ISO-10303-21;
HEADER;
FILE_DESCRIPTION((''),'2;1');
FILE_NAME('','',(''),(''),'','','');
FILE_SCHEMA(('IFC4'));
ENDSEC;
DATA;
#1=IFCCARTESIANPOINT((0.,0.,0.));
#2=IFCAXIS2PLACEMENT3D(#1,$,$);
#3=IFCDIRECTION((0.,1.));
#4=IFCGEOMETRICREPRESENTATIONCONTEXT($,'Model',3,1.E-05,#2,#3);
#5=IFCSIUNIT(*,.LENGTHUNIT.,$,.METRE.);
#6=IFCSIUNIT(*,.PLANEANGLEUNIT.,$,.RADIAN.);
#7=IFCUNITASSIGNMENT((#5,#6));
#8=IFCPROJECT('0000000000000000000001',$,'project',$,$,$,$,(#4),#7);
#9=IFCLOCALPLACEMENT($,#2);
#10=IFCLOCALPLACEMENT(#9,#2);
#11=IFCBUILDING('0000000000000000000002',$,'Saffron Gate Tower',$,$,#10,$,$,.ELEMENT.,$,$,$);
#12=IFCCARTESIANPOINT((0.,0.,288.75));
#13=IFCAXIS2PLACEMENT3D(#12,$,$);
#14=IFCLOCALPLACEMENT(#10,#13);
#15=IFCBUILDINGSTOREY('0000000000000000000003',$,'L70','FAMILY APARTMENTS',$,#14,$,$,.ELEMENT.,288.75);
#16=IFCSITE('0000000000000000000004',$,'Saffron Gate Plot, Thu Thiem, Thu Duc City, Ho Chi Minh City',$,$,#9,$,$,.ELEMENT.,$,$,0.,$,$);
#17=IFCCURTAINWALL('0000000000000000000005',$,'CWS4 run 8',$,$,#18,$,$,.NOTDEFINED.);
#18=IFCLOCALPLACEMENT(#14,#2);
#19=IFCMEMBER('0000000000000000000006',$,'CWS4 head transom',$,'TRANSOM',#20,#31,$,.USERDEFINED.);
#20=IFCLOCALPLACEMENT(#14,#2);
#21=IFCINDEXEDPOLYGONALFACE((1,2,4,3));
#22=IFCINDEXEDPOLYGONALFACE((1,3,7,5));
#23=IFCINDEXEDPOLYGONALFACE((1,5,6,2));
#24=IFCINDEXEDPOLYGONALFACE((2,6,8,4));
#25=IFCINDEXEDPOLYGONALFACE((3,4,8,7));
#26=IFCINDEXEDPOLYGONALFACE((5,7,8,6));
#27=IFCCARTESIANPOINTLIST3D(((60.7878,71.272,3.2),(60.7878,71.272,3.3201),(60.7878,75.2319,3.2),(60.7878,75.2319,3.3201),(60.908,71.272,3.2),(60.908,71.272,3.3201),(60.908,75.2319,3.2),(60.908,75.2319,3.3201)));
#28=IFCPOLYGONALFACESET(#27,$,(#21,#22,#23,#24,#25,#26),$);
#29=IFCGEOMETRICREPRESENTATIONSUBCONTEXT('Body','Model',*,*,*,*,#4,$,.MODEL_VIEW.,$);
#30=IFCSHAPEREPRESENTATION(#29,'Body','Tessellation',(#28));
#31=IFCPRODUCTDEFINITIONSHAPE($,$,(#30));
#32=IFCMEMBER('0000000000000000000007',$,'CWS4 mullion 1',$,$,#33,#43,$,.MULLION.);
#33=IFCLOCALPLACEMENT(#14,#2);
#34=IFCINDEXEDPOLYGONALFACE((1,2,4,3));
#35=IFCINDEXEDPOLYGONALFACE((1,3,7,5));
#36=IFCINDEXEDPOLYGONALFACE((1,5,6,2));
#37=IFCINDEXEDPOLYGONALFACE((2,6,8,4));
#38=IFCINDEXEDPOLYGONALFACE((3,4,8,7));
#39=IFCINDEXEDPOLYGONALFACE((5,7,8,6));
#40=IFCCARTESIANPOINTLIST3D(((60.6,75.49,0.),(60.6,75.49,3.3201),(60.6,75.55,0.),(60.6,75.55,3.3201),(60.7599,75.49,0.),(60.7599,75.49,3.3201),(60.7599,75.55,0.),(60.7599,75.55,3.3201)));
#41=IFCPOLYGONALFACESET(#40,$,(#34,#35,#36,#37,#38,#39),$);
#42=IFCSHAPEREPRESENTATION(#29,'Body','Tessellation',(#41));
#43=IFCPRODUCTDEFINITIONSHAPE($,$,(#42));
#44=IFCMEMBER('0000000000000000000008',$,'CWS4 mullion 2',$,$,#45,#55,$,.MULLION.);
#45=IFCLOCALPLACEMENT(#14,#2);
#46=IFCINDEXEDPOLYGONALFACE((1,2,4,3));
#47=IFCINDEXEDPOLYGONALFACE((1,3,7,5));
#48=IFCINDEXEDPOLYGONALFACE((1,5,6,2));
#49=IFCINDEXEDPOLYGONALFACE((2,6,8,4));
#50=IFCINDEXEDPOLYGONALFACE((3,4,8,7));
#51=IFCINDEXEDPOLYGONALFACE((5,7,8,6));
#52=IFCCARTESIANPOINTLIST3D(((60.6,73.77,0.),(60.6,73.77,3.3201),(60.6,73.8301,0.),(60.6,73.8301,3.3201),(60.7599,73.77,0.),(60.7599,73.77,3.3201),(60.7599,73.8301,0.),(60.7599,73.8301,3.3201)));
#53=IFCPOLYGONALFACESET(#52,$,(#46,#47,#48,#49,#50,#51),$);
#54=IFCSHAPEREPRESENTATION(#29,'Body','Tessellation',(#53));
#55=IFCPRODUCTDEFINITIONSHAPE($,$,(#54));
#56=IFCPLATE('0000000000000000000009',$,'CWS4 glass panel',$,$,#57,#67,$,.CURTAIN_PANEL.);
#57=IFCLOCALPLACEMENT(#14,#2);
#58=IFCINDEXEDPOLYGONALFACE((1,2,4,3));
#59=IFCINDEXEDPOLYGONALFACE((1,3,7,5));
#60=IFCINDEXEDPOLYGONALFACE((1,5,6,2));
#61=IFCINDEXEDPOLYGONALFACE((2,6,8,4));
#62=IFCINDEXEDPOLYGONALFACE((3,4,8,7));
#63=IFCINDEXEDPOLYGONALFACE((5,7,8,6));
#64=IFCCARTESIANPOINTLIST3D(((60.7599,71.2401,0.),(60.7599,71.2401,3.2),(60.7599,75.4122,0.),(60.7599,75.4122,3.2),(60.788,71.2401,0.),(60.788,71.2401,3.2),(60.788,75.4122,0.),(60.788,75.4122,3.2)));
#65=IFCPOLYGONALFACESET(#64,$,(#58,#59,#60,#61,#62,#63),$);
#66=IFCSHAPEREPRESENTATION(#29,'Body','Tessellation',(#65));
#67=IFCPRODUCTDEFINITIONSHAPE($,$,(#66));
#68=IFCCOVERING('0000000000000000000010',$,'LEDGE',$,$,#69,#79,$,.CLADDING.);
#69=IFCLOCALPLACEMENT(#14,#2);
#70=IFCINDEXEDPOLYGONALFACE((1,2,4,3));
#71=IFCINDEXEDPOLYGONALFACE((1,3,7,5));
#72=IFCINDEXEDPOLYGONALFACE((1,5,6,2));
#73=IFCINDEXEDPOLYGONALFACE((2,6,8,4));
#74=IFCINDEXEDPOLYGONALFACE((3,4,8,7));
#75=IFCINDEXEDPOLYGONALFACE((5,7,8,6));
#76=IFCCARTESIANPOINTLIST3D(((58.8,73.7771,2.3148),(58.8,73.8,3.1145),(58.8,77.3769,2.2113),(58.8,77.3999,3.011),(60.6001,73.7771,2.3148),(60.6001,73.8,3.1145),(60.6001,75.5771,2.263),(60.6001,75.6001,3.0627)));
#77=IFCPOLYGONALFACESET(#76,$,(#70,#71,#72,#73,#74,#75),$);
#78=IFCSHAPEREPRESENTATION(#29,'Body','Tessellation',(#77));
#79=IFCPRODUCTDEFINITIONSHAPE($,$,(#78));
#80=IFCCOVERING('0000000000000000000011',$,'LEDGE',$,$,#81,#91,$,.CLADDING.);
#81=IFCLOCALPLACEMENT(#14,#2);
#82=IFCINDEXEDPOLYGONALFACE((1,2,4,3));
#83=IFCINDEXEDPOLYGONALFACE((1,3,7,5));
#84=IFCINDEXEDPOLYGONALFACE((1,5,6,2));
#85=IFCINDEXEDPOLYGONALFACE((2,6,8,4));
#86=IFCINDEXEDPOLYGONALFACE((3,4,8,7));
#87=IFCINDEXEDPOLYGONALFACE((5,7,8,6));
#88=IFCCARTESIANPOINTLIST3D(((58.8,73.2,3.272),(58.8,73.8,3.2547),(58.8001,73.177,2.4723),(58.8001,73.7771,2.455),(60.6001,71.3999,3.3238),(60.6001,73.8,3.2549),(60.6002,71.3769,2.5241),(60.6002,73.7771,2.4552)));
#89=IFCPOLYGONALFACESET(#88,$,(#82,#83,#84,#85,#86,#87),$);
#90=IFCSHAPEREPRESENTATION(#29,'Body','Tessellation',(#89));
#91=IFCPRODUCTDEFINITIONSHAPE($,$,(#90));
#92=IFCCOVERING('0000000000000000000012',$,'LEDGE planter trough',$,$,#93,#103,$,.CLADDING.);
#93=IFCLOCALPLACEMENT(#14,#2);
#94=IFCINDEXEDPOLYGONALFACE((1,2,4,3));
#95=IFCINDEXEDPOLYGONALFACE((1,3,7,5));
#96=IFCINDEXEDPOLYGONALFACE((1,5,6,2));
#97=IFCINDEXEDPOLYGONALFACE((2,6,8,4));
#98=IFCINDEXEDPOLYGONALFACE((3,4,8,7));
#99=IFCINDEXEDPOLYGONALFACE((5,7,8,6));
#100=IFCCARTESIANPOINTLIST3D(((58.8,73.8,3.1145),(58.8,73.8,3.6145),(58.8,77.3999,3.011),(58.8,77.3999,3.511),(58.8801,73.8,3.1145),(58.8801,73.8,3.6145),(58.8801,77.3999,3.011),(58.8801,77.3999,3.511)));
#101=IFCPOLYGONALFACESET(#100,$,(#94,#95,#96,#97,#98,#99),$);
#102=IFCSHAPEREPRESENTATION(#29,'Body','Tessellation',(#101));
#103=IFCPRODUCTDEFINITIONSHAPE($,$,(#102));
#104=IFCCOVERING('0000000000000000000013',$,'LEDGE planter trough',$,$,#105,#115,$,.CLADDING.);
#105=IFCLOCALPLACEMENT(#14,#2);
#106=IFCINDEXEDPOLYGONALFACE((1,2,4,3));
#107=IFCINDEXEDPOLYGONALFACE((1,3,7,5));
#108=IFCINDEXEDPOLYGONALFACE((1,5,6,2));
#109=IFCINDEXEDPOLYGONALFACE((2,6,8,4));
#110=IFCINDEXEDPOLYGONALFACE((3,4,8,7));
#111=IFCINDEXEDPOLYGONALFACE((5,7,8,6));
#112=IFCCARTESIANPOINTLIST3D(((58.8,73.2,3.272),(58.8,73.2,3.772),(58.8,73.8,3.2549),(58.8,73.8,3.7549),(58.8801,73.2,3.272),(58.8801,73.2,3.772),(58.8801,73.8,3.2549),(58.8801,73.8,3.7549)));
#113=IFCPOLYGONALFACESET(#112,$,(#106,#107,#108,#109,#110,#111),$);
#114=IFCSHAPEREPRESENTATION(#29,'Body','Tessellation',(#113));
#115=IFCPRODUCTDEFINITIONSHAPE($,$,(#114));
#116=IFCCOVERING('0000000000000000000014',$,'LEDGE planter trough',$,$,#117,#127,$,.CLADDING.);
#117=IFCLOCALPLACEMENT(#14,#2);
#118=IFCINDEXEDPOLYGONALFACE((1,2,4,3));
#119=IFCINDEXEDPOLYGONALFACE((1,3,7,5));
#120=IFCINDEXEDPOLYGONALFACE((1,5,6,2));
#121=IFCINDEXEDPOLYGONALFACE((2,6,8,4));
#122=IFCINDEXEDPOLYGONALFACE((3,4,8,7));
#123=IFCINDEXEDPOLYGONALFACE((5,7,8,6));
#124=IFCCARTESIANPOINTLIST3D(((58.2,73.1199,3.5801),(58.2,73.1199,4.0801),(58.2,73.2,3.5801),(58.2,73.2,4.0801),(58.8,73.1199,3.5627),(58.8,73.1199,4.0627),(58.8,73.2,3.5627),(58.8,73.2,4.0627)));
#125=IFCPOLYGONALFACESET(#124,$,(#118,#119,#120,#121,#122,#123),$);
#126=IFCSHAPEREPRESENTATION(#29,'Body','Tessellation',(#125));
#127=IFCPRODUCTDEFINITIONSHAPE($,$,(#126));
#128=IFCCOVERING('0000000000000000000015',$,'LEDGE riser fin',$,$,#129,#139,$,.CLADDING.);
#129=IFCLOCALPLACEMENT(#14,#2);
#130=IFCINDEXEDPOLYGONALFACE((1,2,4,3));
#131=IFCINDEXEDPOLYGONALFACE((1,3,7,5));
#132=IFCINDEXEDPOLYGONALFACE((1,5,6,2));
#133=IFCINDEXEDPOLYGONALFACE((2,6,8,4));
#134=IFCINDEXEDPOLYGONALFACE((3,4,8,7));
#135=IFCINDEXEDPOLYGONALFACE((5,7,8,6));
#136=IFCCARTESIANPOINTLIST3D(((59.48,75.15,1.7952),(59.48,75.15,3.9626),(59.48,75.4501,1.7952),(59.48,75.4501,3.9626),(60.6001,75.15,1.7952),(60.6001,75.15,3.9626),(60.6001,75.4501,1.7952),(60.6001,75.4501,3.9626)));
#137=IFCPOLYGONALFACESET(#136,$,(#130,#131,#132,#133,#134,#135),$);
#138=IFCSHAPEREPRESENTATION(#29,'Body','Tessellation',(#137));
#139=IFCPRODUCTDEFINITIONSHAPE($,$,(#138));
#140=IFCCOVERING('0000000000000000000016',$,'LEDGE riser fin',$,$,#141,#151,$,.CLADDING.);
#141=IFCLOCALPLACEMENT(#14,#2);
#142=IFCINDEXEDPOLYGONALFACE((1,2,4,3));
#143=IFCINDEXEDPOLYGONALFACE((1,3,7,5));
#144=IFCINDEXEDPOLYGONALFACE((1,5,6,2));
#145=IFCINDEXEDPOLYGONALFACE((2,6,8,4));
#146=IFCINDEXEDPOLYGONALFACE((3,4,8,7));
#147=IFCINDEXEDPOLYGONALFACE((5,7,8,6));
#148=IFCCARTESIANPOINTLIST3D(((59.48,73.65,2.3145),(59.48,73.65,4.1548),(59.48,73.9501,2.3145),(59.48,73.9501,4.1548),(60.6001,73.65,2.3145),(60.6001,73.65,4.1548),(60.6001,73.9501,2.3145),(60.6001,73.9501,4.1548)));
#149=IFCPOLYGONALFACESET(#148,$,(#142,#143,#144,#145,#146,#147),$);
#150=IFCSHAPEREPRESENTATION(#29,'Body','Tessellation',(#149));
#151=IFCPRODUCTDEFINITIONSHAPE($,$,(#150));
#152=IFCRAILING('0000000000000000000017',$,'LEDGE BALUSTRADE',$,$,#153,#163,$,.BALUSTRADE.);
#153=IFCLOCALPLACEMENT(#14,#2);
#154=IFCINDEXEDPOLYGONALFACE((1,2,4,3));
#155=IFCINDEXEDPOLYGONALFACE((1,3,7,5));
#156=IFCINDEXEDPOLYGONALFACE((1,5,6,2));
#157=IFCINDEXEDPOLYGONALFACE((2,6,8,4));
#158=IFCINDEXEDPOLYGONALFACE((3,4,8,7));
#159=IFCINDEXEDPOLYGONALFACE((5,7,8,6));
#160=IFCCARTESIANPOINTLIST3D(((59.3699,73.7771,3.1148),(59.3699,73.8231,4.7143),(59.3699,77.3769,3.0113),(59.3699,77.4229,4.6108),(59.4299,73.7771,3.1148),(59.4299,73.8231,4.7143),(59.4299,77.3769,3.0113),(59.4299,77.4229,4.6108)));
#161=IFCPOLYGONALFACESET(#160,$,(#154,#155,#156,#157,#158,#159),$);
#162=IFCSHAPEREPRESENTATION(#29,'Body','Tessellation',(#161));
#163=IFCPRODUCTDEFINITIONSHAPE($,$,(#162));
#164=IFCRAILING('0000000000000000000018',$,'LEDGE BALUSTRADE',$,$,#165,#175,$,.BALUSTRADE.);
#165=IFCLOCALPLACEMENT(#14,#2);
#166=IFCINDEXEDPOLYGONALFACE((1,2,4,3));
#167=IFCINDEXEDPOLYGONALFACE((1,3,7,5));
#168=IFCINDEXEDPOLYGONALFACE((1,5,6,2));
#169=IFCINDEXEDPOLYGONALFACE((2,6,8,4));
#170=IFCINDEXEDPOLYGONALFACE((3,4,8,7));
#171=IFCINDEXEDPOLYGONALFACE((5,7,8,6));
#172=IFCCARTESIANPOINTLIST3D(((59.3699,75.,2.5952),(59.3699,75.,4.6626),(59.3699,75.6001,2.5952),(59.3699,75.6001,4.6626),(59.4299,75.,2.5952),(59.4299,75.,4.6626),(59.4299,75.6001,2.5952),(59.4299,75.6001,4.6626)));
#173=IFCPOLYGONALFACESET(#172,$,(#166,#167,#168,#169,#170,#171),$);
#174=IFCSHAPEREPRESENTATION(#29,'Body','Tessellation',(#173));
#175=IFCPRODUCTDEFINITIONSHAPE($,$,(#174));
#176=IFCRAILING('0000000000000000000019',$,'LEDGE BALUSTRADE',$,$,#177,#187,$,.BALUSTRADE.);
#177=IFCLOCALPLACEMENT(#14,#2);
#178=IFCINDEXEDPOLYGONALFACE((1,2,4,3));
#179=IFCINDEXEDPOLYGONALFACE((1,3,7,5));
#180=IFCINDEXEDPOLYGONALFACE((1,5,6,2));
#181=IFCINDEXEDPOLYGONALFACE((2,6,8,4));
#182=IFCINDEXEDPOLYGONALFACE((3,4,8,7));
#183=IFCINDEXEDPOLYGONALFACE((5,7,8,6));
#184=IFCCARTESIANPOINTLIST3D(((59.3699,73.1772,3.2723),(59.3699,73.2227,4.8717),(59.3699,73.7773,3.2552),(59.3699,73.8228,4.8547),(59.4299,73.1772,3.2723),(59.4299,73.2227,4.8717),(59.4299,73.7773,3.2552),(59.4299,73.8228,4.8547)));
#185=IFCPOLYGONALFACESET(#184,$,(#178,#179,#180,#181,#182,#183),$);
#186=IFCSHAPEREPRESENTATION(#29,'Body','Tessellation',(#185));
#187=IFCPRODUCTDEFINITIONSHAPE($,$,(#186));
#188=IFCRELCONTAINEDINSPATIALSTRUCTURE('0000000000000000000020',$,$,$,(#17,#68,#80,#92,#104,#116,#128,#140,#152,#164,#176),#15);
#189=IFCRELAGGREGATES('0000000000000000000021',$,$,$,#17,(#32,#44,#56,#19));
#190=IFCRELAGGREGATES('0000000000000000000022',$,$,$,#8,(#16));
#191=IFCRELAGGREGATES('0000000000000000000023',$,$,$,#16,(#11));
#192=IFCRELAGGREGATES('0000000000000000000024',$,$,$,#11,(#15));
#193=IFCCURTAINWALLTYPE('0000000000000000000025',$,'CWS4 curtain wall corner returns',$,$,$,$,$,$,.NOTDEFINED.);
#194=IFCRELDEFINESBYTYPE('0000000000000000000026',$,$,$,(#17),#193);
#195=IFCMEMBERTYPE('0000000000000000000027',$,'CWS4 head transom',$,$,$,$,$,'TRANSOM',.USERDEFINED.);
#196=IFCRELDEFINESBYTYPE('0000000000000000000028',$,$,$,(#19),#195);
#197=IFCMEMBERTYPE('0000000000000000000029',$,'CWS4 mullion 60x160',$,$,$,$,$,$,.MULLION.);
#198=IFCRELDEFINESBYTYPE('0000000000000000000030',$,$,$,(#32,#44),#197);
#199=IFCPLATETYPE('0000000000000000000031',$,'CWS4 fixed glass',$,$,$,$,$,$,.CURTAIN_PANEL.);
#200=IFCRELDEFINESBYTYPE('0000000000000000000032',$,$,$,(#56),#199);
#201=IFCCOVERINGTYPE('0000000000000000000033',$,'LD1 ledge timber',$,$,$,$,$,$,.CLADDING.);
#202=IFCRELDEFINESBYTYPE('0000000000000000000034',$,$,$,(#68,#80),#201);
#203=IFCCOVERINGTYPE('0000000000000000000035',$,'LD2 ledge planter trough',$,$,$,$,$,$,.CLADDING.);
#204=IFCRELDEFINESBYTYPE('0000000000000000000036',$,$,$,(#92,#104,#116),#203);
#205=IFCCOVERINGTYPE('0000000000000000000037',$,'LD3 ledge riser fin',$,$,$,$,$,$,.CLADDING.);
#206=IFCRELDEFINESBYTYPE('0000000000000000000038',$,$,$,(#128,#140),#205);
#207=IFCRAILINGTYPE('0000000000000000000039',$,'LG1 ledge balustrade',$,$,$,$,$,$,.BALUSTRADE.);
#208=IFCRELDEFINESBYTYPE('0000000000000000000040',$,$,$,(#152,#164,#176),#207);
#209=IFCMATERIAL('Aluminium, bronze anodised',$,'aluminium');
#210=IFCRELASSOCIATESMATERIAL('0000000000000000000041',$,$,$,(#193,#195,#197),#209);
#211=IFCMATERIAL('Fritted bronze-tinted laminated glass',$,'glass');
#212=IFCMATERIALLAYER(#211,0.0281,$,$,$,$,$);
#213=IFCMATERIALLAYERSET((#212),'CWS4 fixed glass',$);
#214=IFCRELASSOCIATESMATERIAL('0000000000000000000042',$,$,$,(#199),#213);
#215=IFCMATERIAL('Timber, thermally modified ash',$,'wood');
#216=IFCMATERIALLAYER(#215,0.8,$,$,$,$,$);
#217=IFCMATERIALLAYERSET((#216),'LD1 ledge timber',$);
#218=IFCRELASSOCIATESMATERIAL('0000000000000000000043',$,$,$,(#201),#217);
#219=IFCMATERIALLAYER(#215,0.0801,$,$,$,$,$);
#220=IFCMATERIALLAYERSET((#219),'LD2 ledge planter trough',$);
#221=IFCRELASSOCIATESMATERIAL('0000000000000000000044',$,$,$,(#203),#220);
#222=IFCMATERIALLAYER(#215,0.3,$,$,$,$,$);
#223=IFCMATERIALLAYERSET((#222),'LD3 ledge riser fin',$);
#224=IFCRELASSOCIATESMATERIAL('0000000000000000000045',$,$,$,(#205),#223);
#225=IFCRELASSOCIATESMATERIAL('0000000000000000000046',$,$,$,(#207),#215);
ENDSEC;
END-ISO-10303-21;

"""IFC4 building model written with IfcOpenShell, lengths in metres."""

from ifc_helpers import new_model, si_unit, direction, frame, frame_2d, origin, origin_2d, place, context, subcontext, project, spatial, polyline, rectangle, outline, extrude, material, layer, layer_set, material_profile, profile_set, type_object, element, aggregate, save


model = new_model("IFC4")

# Units and contexts
model_context = context("Model", 3, precision=1e-05, world=origin(), true_north=direction((0.0, 1.0)))
body_context = subcontext(model_context, "Body", "Model", "MODEL_VIEW")
ifc_project = project(units=[si_unit("LENGTHUNIT", "METRE"), si_unit("PLANEANGLEUNIT", "RADIAN")], contexts=[model_context])

# Site, building, storey
site_placement = place(None, origin())
site = spatial("IfcSite", under=ifc_project, at=site_placement, Name="Saffron Gate Plot, Thu Thiem, Thu Duc City, Ho Chi Minh City", CompositionType="ELEMENT", RefElevation=0.0)
building_placement = place(site_placement, origin())
building = spatial("IfcBuilding", under=site, at=building_placement, Name="Saffron Gate Tower", CompositionType="ELEMENT")
storey_placement = place(building_placement, frame((0.0, 0.0, 288.75)))
storey = spatial("IfcBuildingStorey", under=building, at=storey_placement, Name="L70", Description="FAMILY APARTMENTS", CompositionType="ELEMENT", Elevation=288.75)

# Curtain wall, members, plate
ifc_material_1 = material(Name="Aluminium, bronze anodised", Category="aluminium")
curtain_wall_type = type_object("IfcCurtainWallType", Name="CWS4 curtain wall corner returns", PredefinedType="NOTDEFINED", material=ifc_material_1)
curtain_wall_placement = place(storey_placement, origin())
curtain_wall = element("IfcCurtainWall", 1, at=curtain_wall_placement, inside=storey, type_object=curtain_wall_type, Name="CWS4 run 8", PredefinedType="NOTDEFINED")
ifc_material_profile_1 = material_profile(ifc_material_1, rectangle(XDim=0.1201, YDim=0.1201, at=origin_2d()))
ifc_profile_set_1 = profile_set([ifc_material_profile_1], Name="Aluminium, bronze anodised")
member_type_1 = type_object("IfcMemberType", Name="CWS4 head transom", ElementType="TRANSOM", PredefinedType="USERDEFINED", material=ifc_profile_set_1)
member_1_placement = place(storey_placement, frame((60.8479, 75.2319, 3.26), z_axis=(0.0, -1.0, 0.0), x_axis=(1.0, 0.0, 0.0)))
member_1 = element("IfcMember", 2, at=member_1_placement, type_object=member_type_1, Name="CWS4 head transom", ObjectType="TRANSOM", PredefinedType="USERDEFINED", context=body_context, shape_type="SweptSolid", body=[
    extrude(rectangle(XDim=0.1201, YDim=0.1201, at=origin_2d()), origin(), (0.0, 0.0, 1.0), 3.96),
])
ifc_material_profile_2 = material_profile(ifc_material_1, rectangle(XDim=0.1599, YDim=0.0601, at=origin_2d()))
ifc_profile_set_2 = profile_set([ifc_material_profile_2], Name="Aluminium, bronze anodised")
member_type_2 = type_object("IfcMemberType", Name="CWS4 mullion 60x160", PredefinedType="MULLION", material=ifc_profile_set_2)
member_2_placement = place(storey_placement, frame((60.6799, 75.52, 0.0), z_axis=(0.0, 0.0, 1.0), x_axis=(1.0, 0.0, 0.0)))
member_2 = element("IfcMember", 3, at=member_2_placement, type_object=member_type_2, Name="CWS4 mullion 1", PredefinedType="MULLION", context=body_context, shape_type="SweptSolid", body=[
    extrude(rectangle(XDim=0.1599, YDim=0.0601, at=origin_2d()), origin(), (0.0, 0.0, 1.0), 3.3201),
])
member_3_placement = place(storey_placement, frame((60.6799, 73.8, 0.0), z_axis=(0.0, 0.0, 1.0), x_axis=(1.0, 0.0, 0.0)))
member_3 = element("IfcMember", 4, at=member_3_placement, type_object=member_type_2, Name="CWS4 mullion 2", PredefinedType="MULLION", context=body_context, shape_type="SweptSolid", body=[
    extrude(rectangle(XDim=0.1599, YDim=0.0601, at=origin_2d()), origin(), (0.0, 0.0, 1.0), 3.3201),
])
ifc_material_2 = material(Name="Fritted bronze-tinted laminated glass", Category="glass")
ifc_layer_1 = layer(ifc_material_2, 0.0281)
ifc_layer_set_1 = layer_set([ifc_layer_1], Name="CWS4 fixed glass")
plate_type = type_object("IfcPlateType", Name="CWS4 fixed glass", PredefinedType="CURTAIN_PANEL", material=ifc_layer_set_1)
plate_placement = place(storey_placement, frame((60.7739, 75.4121, 0.0), z_axis=(0.0, 0.0, 1.0), x_axis=(0.0, -1.0, 0.0)))
plate = element("IfcPlate", 5, at=plate_placement, type_object=plate_type, Name="CWS4 glass panel", PredefinedType="CURTAIN_PANEL", context=body_context, shape_type="SweptSolid", body=[
    extrude(rectangle(XDim=4.1721, YDim=0.0281, at=frame_2d((2.0859, 0.0))), origin(), (0.0, 0.0, 1.0), 3.2),
])
aggregate(curtain_wall, [member_2, member_3, plate, member_1])

# Coverings
ifc_material_3 = material(Name="Timber, thermally modified ash", Category="wood")
ifc_layer_2 = layer(ifc_material_3, 0.8)
ifc_layer_set_2 = layer_set([ifc_layer_2], Name="LD1 ledge timber")
covering_type_1 = type_object("IfcCoveringType", Name="LD1 ledge timber", PredefinedType="CLADDING", material=ifc_layer_set_2)
covering_1_placement = place(storey_placement, frame((60.6001, 75.6001, 3.0627), z_axis=(-0.000001, 0.028743, 0.999587), x_axis=(0.0, -0.999587, 0.028743)))
element("IfcCovering", 6, at=covering_1_placement, inside=storey, type_object=covering_type_1, Name="LEDGE", PredefinedType="CLADDING", context=body_context, shape_type="SweptSolid", body=[
    extrude(outline(polyline([(0.0, 0.0), (1.8008, 0.0), (1.8008, -1.8), (-1.8005, -1.8), (0.0, 0.0)])), origin(), (0.0, 0.0, -1.0), 0.8),
])
covering_2_placement = place(storey_placement, frame((60.6001, 73.8, 3.2549), z_axis=(-0.000082, 0.028713, 0.999588), x_axis=(0.0, -0.999588, 0.028713)))
element("IfcCovering", 7, at=covering_2_placement, inside=storey, type_object=covering_type_1, Name="LEDGE", PredefinedType="CLADDING", context=body_context, shape_type="SweptSolid", body=[
    extrude(outline(polyline([(0.0, 0.0), (2.4011, 0.0), (0.6003, -1.8), (0.0, -1.8), (0.0, 0.0)])), origin(), (0.0, 0.0, -1.0), 0.8),
])
ifc_layer_3 = layer(ifc_material_3, 0.0801)
ifc_layer_set_3 = layer_set([ifc_layer_3], Name="LD2 ledge planter trough")
covering_type_2 = type_object("IfcCoveringType", Name="LD2 ledge planter trough", PredefinedType="CLADDING", material=ifc_layer_set_3)
covering_3_placement = place(storey_placement, frame((58.8, 77.3999, 3.011), z_axis=(-1.0, 0.0, 0.0), x_axis=(0.0, -0.999587, 0.028744)))
element("IfcCovering", 8, at=covering_3_placement, inside=storey, type_object=covering_type_2, Name="LEDGE planter trough", PredefinedType="CLADDING", context=body_context, shape_type="SweptSolid", body=[
    extrude(outline(polyline([(0.0, 0.0), (3.6013, 0.0), (3.6157, 0.4998), (0.0144, 0.4998), (0.0, 0.0)])), origin(), (0.0, 0.0, -1.0), 0.0801),
])
covering_4_placement = place(storey_placement, frame((58.8, 73.8, 3.2549), z_axis=(-1.0, 0.0, 0.0), x_axis=(0.0, -0.999595, 0.028467)))
element("IfcCovering", 9, at=covering_4_placement, inside=storey, type_object=covering_type_2, Name="LEDGE planter trough", PredefinedType="CLADDING", context=body_context, shape_type="SweptSolid", body=[
    extrude(outline(polyline([(0.0, 0.0), (0.6003, 0.0), (0.6146, 0.4998), (0.0142, 0.4998), (0.0, 0.0)])), origin(), (0.0, 0.0, -1.0), 0.0801),
])
covering_5_placement = place(storey_placement, frame((58.8, 73.2, 3.5627), z_axis=(0.0, 1.0, 0.0), x_axis=(-0.999583, 0.0, 0.028873)))
element("IfcCovering", 10, at=covering_5_placement, inside=storey, type_object=covering_type_2, Name="LEDGE planter trough", PredefinedType="CLADDING", context=body_context, shape_type="SweptSolid", body=[
    extrude(outline(polyline([(0.0, 0.0), (0.6003, 0.0), (0.6148, 0.4998), (0.0144, 0.4998), (0.0, 0.0)])), origin(), (0.0, 0.0, -1.0), 0.0801),
])
ifc_layer_4 = layer(ifc_material_3, 0.3)
ifc_layer_set_4 = layer_set([ifc_layer_4], Name="LD3 ledge riser fin")
covering_type_3 = type_object("IfcCoveringType", Name="LD3 ledge riser fin", PredefinedType="CLADDING", material=ifc_layer_set_4)
covering_6_placement = place(storey_placement, frame((60.04, 75.3, 1.7952), z_axis=(0.0, 0.0, 1.0), x_axis=(0.0, -1.0, 0.0)))
element("IfcCovering", 11, at=covering_6_placement, inside=storey, type_object=covering_type_3, Name="LEDGE riser fin", PredefinedType="CLADDING", context=body_context, shape_type="SweptSolid", body=[
    extrude(rectangle(XDim=0.3, YDim=1.1201, at=origin_2d()), origin(), (0.0, 0.0, 1.0), 2.1675),
])
covering_7_placement = place(storey_placement, frame((60.04, 73.8, 2.3145), z_axis=(0.0, 0.0, 1.0), x_axis=(0.0, -1.0, 0.0)))
element("IfcCovering", 12, at=covering_7_placement, inside=storey, type_object=covering_type_3, Name="LEDGE riser fin", PredefinedType="CLADDING", context=body_context, shape_type="SweptSolid", body=[
    extrude(rectangle(XDim=0.3, YDim=1.1201, at=origin_2d()), origin(), (0.0, 0.0, 1.0), 1.8403),
])

# Railings
railing_type = type_object("IfcRailingType", Name="LG1 ledge balustrade", PredefinedType="BALUSTRADE", material=ifc_material_3)
railing_1_placement = place(storey_placement, frame((59.3999, 77.3999, 3.011)))
element("IfcRailing", 13, at=railing_1_placement, inside=storey, type_object=railing_type, Name="LEDGE BALUSTRADE", PredefinedType="BALUSTRADE", context=body_context, shape_type="SweptSolid", body=[
    extrude(rectangle(XDim=0.0601, YDim=1.6001, at=origin_2d()), frame((0.0, 0.0, 0.8), z_axis=(0.0, -0.999587, 0.028744), x_axis=(1.0, 0.0, 0.0)), (0.0, 0.0, 1.0), 3.6013),
])
railing_2_placement = place(storey_placement, frame((59.3999, 75.6001, 2.5952)))
element("IfcRailing", 14, at=railing_2_placement, inside=storey, type_object=railing_type, Name="LEDGE BALUSTRADE", PredefinedType="BALUSTRADE", context=body_context, shape_type="SweptSolid", body=[
    extrude(rectangle(XDim=0.0601, YDim=2.0674, at=origin_2d()), frame((0.0, 0.0, 1.0337), z_axis=(0.0, -1.0, 0.0), x_axis=(1.0, 0.0, 0.0)), (0.0, 0.0, 1.0), 0.6001),
])
railing_3_placement = place(storey_placement, frame((59.3999, 73.8, 3.2549)))
element("IfcRailing", 15, at=railing_3_placement, inside=storey, type_object=railing_type, Name="LEDGE BALUSTRADE", PredefinedType="BALUSTRADE", context=body_context, shape_type="SweptSolid", body=[
    extrude(rectangle(XDim=0.0601, YDim=1.6001, at=origin_2d()), frame((0.0, 0.0, 0.8), z_axis=(0.0, -0.999595, 0.028467), x_axis=(1.0, 0.0, 0.0)), (0.0, 0.0, 1.0), 0.6003),
])

save(model, "model.ifc")
